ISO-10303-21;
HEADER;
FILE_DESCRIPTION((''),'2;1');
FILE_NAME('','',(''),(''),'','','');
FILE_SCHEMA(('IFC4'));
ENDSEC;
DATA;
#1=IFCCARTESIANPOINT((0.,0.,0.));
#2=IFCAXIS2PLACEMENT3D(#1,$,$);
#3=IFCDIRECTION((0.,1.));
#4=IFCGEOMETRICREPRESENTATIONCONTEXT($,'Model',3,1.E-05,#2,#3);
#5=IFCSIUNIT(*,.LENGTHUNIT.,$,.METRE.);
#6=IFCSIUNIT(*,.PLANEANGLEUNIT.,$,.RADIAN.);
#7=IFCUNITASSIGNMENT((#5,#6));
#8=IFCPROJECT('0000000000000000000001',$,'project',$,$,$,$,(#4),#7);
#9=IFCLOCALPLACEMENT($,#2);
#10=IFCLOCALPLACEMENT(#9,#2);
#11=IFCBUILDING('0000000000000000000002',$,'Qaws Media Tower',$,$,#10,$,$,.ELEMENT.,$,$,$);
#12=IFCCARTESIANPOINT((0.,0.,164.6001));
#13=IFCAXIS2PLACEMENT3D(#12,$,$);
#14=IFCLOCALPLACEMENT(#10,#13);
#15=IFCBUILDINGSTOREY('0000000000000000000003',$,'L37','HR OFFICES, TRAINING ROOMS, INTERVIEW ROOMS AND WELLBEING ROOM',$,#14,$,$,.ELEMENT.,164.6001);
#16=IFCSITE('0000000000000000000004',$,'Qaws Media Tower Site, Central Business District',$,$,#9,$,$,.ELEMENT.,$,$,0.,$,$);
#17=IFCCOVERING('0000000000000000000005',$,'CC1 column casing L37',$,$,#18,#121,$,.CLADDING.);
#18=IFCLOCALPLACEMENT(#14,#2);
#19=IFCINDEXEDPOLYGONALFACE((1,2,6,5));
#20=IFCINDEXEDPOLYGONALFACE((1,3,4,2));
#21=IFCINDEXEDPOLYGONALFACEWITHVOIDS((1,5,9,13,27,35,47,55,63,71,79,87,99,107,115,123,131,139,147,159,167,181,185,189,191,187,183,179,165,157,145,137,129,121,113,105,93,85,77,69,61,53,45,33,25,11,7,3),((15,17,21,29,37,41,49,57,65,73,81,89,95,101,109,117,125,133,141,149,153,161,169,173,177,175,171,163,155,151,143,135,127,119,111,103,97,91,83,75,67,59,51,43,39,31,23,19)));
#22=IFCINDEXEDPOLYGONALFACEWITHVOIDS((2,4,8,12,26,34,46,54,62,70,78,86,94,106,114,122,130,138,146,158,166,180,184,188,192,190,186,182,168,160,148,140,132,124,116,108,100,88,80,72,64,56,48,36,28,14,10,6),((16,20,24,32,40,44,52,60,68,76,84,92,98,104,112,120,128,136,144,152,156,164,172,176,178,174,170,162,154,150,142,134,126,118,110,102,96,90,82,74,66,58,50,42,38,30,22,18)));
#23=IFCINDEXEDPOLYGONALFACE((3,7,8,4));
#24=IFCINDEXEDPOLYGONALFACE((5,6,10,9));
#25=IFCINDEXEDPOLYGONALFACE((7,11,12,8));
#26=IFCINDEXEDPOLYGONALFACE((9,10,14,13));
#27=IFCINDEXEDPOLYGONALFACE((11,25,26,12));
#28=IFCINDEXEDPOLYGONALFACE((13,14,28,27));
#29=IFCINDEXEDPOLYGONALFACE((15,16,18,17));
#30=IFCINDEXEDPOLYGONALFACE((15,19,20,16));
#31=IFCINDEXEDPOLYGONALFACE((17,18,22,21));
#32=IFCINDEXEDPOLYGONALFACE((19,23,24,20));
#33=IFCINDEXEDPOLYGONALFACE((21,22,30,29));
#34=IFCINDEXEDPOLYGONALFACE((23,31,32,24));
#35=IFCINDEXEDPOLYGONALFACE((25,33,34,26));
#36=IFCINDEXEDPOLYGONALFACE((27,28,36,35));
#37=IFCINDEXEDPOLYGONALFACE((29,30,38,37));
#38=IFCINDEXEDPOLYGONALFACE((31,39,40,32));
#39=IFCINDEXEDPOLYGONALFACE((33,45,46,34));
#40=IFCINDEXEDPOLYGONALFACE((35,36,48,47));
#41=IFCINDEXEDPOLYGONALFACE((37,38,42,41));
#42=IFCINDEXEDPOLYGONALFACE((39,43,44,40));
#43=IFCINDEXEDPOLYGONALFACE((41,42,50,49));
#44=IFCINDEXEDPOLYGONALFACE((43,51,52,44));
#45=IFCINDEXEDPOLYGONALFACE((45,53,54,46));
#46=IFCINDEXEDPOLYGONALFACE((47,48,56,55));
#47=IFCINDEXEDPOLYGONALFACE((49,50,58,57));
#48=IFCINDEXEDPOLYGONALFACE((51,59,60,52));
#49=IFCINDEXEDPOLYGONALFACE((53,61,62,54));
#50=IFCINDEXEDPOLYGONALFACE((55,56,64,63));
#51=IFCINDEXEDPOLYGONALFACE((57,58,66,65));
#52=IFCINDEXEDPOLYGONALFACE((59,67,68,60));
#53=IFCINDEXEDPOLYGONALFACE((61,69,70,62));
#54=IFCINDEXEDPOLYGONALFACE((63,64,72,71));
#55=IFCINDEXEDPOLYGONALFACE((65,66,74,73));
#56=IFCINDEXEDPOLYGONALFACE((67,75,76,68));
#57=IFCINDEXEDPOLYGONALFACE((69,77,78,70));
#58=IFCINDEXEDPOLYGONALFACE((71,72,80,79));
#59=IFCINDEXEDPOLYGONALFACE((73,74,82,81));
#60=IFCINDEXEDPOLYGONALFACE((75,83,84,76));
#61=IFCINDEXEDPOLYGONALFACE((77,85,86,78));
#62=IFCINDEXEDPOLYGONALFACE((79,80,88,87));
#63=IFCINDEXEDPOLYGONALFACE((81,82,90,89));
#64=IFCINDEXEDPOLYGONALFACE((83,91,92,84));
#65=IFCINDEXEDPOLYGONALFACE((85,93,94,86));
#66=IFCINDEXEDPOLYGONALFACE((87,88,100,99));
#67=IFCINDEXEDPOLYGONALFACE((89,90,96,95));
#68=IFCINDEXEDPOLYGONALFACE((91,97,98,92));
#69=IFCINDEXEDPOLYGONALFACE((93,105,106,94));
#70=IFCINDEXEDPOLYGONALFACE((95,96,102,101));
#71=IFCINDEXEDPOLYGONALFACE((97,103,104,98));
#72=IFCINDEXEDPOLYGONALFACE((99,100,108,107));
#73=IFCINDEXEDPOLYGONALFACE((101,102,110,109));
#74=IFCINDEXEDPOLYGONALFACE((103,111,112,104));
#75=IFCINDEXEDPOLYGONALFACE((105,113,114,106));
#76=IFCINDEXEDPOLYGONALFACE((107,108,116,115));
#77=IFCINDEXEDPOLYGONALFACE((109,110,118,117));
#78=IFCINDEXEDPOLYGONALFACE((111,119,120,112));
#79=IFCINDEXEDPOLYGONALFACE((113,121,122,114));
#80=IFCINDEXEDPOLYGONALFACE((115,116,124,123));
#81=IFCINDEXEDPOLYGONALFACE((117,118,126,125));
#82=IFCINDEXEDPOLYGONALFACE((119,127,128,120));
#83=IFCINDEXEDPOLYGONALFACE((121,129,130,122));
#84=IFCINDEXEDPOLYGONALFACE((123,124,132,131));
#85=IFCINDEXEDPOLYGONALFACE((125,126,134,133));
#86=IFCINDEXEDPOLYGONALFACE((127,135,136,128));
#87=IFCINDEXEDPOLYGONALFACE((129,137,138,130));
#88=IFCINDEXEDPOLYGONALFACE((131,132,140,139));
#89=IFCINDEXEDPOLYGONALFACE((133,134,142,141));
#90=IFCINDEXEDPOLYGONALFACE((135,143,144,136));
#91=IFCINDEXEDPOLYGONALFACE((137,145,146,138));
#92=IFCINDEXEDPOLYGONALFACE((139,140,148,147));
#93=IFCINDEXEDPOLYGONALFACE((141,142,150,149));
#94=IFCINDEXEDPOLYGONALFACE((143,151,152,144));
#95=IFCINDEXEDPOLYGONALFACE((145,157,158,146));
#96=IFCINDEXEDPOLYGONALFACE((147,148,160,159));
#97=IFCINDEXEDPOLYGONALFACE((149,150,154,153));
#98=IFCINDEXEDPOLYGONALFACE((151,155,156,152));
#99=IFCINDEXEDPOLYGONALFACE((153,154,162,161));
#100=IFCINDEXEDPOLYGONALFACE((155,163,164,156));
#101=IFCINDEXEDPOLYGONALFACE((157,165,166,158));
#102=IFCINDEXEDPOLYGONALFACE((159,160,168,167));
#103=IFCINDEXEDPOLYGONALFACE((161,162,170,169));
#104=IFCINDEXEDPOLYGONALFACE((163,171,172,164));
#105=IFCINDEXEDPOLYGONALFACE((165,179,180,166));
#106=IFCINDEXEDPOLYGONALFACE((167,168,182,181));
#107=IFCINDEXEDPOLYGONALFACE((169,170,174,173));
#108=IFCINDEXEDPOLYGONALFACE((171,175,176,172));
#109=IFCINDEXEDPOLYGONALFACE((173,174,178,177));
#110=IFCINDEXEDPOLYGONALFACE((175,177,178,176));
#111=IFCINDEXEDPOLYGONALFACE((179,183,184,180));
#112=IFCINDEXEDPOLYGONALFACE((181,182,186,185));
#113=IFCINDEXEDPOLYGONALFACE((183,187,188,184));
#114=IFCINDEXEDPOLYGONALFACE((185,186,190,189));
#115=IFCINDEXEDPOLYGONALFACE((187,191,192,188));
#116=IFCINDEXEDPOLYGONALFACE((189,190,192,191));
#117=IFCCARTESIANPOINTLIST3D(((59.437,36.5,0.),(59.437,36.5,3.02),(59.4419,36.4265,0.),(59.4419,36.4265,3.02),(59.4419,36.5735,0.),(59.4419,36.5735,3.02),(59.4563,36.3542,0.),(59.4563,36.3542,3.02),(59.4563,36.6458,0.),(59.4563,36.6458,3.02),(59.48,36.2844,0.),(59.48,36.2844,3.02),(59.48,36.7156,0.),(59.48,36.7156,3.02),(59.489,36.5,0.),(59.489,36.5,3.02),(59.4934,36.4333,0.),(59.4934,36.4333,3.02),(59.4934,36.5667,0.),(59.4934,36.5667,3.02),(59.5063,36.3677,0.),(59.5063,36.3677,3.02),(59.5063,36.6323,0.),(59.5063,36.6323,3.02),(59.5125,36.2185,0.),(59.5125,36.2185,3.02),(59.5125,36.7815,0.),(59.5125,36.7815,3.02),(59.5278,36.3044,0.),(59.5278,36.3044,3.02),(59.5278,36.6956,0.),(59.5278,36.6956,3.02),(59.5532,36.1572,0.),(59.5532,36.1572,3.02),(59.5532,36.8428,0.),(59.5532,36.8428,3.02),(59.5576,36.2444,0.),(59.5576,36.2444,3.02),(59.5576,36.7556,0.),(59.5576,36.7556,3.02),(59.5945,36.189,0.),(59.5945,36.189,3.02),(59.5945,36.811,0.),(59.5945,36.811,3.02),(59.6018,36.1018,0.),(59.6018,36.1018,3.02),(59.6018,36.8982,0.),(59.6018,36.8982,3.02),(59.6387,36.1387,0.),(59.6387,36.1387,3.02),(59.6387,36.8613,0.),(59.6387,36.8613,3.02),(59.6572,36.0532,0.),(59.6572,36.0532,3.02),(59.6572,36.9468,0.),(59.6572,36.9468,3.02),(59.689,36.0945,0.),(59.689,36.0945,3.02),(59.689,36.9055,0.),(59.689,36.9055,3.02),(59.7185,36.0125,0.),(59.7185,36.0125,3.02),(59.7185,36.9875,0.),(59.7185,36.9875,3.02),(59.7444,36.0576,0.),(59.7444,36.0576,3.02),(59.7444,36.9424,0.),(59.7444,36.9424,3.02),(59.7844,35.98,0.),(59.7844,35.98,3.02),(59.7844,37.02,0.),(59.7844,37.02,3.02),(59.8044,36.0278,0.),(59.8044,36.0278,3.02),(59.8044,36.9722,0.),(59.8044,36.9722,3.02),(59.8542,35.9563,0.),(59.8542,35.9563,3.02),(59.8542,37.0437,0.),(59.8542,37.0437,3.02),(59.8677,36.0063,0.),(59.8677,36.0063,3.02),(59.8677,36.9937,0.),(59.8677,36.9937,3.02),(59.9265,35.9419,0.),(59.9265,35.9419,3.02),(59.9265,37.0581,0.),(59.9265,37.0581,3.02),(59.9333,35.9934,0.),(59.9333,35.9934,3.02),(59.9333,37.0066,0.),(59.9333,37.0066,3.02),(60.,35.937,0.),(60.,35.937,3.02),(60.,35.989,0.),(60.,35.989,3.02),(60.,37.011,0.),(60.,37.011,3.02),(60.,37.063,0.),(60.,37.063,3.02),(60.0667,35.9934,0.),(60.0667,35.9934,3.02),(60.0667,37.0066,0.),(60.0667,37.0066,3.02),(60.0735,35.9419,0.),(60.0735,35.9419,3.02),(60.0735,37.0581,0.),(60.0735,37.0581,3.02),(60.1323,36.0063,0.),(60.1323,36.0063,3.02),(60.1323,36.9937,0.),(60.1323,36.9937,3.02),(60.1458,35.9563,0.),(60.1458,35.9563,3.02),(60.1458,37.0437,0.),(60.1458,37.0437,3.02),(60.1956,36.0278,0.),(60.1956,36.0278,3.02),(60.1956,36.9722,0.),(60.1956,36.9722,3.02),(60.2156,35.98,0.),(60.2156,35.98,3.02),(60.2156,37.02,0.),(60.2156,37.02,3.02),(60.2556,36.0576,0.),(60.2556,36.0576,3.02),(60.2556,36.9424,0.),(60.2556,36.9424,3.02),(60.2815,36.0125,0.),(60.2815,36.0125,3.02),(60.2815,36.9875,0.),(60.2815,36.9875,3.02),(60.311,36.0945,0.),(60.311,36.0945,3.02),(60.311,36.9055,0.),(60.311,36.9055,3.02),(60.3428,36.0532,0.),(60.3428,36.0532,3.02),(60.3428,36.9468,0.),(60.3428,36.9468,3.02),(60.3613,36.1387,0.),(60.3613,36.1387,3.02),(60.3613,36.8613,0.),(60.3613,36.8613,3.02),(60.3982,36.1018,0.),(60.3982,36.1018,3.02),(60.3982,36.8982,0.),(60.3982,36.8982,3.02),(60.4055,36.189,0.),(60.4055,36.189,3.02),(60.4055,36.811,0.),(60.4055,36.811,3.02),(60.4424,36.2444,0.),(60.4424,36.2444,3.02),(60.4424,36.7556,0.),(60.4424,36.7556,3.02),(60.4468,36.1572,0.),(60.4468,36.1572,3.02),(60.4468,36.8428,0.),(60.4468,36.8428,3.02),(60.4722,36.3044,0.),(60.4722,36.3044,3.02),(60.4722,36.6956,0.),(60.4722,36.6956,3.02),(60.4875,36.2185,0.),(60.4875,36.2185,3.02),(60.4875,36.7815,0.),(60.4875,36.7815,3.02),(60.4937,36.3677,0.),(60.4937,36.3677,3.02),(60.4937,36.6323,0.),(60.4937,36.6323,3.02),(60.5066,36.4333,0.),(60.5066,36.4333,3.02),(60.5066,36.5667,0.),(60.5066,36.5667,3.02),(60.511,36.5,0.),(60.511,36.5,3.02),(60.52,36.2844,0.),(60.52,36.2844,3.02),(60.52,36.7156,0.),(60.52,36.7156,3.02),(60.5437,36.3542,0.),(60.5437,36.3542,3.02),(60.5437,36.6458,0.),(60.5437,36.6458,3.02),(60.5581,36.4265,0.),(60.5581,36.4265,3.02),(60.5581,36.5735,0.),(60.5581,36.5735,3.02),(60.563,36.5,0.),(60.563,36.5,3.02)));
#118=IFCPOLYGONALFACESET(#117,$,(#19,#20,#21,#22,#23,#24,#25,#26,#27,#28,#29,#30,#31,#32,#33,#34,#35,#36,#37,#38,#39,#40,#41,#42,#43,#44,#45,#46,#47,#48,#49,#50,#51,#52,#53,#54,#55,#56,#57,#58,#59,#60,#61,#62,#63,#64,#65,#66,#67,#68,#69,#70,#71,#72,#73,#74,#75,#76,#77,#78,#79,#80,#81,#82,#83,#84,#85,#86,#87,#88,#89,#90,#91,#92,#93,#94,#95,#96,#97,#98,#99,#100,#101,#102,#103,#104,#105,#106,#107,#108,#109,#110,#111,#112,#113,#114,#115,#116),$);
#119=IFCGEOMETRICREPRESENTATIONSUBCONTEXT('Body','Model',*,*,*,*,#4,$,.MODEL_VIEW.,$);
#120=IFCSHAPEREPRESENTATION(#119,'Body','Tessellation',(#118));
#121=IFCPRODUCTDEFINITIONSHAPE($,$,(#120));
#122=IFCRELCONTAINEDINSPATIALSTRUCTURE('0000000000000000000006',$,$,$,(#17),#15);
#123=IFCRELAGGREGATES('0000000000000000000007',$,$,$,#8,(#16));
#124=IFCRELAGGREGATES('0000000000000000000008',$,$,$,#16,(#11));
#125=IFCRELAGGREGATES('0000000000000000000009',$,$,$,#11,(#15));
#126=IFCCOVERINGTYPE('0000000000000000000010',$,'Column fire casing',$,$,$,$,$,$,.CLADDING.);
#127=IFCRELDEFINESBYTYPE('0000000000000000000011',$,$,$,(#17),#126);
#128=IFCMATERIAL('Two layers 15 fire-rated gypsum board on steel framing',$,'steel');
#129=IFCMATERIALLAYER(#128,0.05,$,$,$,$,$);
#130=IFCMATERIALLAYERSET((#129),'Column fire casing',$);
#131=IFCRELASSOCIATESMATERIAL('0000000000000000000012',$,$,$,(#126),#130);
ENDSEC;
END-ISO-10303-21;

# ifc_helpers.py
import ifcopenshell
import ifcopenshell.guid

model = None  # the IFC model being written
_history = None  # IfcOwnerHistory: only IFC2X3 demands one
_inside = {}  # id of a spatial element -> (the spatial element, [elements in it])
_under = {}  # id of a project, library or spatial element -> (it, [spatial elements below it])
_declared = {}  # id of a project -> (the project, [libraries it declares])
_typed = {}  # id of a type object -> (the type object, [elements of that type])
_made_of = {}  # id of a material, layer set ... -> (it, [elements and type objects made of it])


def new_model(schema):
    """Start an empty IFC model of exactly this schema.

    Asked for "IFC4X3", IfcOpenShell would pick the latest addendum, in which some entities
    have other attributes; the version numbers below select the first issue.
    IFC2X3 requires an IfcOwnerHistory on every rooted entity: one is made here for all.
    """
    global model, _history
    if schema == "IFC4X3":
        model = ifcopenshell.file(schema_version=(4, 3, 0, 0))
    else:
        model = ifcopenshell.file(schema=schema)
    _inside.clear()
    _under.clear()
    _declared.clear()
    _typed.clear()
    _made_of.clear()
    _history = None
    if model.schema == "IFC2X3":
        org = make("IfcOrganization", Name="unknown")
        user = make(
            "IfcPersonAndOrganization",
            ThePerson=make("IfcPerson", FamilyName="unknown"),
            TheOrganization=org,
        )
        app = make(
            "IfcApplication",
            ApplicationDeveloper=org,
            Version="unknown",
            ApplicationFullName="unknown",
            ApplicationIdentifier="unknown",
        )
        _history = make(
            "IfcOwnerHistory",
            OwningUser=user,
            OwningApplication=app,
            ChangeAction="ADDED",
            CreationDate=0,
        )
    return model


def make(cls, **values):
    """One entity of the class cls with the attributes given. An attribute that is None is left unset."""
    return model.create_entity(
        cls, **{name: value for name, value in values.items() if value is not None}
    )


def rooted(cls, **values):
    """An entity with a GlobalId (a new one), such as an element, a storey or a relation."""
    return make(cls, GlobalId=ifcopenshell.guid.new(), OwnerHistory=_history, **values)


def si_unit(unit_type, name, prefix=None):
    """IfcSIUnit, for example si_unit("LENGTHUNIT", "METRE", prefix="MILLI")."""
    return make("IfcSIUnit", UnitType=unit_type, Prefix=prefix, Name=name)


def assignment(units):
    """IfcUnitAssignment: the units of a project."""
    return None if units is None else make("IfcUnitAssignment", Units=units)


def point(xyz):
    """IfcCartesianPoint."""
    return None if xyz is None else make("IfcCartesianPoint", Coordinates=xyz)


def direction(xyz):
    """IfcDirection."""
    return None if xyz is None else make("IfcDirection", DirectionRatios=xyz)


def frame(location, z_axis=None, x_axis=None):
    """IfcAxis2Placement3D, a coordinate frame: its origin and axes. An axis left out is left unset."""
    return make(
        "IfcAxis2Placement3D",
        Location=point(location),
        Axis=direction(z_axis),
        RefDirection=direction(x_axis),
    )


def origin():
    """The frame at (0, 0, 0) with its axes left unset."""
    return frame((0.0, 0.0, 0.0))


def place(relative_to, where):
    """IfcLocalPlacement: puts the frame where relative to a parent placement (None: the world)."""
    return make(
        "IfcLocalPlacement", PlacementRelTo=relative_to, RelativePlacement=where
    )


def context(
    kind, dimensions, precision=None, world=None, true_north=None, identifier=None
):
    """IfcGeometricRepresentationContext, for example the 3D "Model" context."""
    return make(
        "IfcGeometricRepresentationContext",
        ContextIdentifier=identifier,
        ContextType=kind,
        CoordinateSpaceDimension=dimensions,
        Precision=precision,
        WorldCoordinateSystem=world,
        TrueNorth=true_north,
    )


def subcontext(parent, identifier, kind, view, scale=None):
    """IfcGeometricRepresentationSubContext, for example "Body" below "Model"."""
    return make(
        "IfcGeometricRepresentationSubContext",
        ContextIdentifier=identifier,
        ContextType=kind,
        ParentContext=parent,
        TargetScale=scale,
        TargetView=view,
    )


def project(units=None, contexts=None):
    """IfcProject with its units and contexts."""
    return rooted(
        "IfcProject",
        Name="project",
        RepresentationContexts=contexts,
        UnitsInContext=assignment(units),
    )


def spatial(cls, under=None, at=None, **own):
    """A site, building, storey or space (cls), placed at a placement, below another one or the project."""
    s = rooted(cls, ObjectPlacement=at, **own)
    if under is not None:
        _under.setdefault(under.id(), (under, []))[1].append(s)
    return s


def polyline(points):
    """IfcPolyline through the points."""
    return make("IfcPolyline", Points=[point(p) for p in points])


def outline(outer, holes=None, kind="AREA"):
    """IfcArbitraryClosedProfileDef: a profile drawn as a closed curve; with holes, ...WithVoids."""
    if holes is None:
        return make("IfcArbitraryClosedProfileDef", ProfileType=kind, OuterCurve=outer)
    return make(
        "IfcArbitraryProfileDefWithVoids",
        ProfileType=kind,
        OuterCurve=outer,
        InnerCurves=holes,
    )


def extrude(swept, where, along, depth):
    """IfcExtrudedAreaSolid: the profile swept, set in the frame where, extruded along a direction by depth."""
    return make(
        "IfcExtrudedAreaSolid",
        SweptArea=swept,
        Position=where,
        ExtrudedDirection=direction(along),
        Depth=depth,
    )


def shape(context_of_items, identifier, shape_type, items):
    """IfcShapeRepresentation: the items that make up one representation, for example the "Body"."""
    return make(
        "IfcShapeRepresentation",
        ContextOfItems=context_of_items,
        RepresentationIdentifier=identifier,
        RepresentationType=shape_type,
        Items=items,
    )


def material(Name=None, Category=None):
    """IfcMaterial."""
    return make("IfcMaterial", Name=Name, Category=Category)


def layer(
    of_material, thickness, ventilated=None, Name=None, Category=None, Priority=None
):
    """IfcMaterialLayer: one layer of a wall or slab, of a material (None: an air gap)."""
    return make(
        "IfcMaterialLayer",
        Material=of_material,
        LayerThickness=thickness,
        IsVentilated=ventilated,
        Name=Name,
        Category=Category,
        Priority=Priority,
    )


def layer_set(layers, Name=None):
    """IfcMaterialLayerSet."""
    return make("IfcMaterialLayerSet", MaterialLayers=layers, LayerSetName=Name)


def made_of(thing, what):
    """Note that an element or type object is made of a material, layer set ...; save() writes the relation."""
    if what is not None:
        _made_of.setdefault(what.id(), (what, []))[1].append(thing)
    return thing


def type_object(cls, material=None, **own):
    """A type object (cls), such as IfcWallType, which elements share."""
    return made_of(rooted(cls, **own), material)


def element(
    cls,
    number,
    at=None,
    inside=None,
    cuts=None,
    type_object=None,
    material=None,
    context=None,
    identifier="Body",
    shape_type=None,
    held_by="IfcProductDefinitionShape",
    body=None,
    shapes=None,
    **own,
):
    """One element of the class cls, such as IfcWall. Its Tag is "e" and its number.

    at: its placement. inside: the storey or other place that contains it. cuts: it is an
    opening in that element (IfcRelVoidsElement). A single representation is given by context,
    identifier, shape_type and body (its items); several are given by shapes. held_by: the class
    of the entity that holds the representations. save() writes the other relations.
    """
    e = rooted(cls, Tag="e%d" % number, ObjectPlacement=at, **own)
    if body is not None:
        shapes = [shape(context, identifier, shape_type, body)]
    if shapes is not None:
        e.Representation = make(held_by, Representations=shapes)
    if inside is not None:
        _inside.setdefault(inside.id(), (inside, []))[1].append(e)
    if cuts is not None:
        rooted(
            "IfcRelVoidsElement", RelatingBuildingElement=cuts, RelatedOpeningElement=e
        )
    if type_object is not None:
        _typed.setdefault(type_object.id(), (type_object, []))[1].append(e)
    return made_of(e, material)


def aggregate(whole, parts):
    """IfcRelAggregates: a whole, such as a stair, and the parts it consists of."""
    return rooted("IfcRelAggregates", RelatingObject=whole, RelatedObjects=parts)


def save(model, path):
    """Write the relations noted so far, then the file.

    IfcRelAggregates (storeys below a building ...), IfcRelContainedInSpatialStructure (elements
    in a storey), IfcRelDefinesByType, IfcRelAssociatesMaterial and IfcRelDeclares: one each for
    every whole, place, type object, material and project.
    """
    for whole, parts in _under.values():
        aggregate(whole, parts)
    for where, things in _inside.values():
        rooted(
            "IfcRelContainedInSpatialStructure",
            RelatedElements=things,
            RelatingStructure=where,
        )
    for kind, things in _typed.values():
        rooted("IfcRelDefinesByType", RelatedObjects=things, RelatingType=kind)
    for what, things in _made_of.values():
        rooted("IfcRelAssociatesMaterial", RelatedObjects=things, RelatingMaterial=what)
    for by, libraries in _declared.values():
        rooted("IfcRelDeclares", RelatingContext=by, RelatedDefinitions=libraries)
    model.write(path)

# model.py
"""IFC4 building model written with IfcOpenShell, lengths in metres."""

from ifc_helpers import new_model, si_unit, direction, frame, origin, place, context, subcontext, project, spatial, polyline, outline, extrude, material, layer, layer_set, type_object, element, save


model = new_model("IFC4")

# Units and contexts
model_context = context("Model", 3, precision=1e-05, world=origin(), true_north=direction((0.0, 1.0)))
body_context = subcontext(model_context, "Body", "Model", "MODEL_VIEW")
ifc_project = project(units=[si_unit("LENGTHUNIT", "METRE"), si_unit("PLANEANGLEUNIT", "RADIAN")], contexts=[model_context])

# Site, building, storey
site_placement = place(None, origin())
site = spatial("IfcSite", under=ifc_project, at=site_placement, Name="Qaws Media Tower Site, Central Business District", CompositionType="ELEMENT", RefElevation=0.0)
building_placement = place(site_placement, origin())
building = spatial("IfcBuilding", under=site, at=building_placement, Name="Qaws Media Tower", CompositionType="ELEMENT")
storey_placement = place(building_placement, frame((0.0, 0.0, 164.6001)))
storey = spatial("IfcBuildingStorey", under=building, at=storey_placement, Name="L37", Description="HR OFFICES, TRAINING ROOMS, INTERVIEW ROOMS AND WELLBEING ROOM", CompositionType="ELEMENT", Elevation=164.6001)

# Covering
ifc_material_1 = material(Name="Two layers 15 fire-rated gypsum board on steel framing", Category="steel")
ifc_layer_1 = layer(ifc_material_1, 0.05)
ifc_layer_set_1 = layer_set([ifc_layer_1], Name="Column fire casing")
covering_type = type_object("IfcCoveringType", Name="Column fire casing", PredefinedType="CLADDING", material=ifc_layer_set_1)
covering_placement = place(storey_placement, origin())
element("IfcCovering", 1, at=covering_placement, inside=storey, type_object=covering_type, Name="CC1 column casing L37", PredefinedType="CLADDING", context=body_context, shape_type="SweptSolid", body=[
    extrude(outline(polyline([(60.563, 36.5), (60.5581, 36.4265), (60.5437, 36.3542), (60.52, 36.2844), (60.4875, 36.2185), (60.4468, 36.1572), (60.3982, 36.1018), (60.3428, 36.0532), (60.2815, 36.0125), (60.2156, 35.98), (60.1458, 35.9563), (60.0735, 35.9419), (60.0, 35.937), (59.9265, 35.9419), (59.8542, 35.9563), (59.7844, 35.98), (59.7185, 36.0125), (59.6572, 36.0532), (59.6018, 36.1018), (59.5532, 36.1572), (59.5125, 36.2185), (59.48, 36.2844), (59.4563, 36.3542), (59.4419, 36.4265), (59.437, 36.5), (59.4419, 36.5735), (59.4563, 36.6458), (59.48, 36.7156), (59.5125, 36.7815), (59.5532, 36.8428), (59.6018, 36.8982), (59.6572, 36.9468), (59.7185, 36.9875), (59.7844, 37.02), (59.8542, 37.0437), (59.9265, 37.0581), (60.0, 37.063), (60.0735, 37.0581), (60.1458, 37.0437), (60.2156, 37.02), (60.2815, 36.9875), (60.3428, 36.9468), (60.3982, 36.8982), (60.4468, 36.8428), (60.4875, 36.7815), (60.52, 36.7156), (60.5437, 36.6458), (60.5581, 36.5735), (60.563, 36.5)]), holes=[polyline([(60.511, 36.5), (60.5066, 36.4333), (60.4937, 36.3677), (60.4722, 36.3044), (60.4424, 36.2444), (60.4055, 36.189), (60.3613, 36.1387), (60.311, 36.0945), (60.2556, 36.0576), (60.1956, 36.0278), (60.1323, 36.0063), (60.0667, 35.9934), (60.0, 35.989), (59.9333, 35.9934), (59.8677, 36.0063), (59.8044, 36.0278), (59.7444, 36.0576), (59.689, 36.0945), (59.6387, 36.1387), (59.5945, 36.189), (59.5576, 36.2444), (59.5278, 36.3044), (59.5063, 36.3677), (59.4934, 36.4333), (59.489, 36.5), (59.4934, 36.5667), (59.5063, 36.6323), (59.5278, 36.6956), (59.5576, 36.7556), (59.5945, 36.811), (59.6387, 36.8613), (59.689, 36.9055), (59.7444, 36.9424), (59.8044, 36.9722), (59.8677, 36.9937), (59.9333, 37.0066), (60.0, 37.011), (60.0667, 37.0066), (60.1323, 36.9937), (60.1956, 36.9722), (60.2556, 36.9424), (60.311, 36.9055), (60.3613, 36.8613), (60.4055, 36.811), (60.4424, 36.7556), (60.4722, 36.6956), (60.4937, 36.6323), (60.5066, 36.5667), (60.511, 36.5)])]), origin(), (0.0, 0.0, 1.0), 3.02),
])

save(model, "model.ifc")
